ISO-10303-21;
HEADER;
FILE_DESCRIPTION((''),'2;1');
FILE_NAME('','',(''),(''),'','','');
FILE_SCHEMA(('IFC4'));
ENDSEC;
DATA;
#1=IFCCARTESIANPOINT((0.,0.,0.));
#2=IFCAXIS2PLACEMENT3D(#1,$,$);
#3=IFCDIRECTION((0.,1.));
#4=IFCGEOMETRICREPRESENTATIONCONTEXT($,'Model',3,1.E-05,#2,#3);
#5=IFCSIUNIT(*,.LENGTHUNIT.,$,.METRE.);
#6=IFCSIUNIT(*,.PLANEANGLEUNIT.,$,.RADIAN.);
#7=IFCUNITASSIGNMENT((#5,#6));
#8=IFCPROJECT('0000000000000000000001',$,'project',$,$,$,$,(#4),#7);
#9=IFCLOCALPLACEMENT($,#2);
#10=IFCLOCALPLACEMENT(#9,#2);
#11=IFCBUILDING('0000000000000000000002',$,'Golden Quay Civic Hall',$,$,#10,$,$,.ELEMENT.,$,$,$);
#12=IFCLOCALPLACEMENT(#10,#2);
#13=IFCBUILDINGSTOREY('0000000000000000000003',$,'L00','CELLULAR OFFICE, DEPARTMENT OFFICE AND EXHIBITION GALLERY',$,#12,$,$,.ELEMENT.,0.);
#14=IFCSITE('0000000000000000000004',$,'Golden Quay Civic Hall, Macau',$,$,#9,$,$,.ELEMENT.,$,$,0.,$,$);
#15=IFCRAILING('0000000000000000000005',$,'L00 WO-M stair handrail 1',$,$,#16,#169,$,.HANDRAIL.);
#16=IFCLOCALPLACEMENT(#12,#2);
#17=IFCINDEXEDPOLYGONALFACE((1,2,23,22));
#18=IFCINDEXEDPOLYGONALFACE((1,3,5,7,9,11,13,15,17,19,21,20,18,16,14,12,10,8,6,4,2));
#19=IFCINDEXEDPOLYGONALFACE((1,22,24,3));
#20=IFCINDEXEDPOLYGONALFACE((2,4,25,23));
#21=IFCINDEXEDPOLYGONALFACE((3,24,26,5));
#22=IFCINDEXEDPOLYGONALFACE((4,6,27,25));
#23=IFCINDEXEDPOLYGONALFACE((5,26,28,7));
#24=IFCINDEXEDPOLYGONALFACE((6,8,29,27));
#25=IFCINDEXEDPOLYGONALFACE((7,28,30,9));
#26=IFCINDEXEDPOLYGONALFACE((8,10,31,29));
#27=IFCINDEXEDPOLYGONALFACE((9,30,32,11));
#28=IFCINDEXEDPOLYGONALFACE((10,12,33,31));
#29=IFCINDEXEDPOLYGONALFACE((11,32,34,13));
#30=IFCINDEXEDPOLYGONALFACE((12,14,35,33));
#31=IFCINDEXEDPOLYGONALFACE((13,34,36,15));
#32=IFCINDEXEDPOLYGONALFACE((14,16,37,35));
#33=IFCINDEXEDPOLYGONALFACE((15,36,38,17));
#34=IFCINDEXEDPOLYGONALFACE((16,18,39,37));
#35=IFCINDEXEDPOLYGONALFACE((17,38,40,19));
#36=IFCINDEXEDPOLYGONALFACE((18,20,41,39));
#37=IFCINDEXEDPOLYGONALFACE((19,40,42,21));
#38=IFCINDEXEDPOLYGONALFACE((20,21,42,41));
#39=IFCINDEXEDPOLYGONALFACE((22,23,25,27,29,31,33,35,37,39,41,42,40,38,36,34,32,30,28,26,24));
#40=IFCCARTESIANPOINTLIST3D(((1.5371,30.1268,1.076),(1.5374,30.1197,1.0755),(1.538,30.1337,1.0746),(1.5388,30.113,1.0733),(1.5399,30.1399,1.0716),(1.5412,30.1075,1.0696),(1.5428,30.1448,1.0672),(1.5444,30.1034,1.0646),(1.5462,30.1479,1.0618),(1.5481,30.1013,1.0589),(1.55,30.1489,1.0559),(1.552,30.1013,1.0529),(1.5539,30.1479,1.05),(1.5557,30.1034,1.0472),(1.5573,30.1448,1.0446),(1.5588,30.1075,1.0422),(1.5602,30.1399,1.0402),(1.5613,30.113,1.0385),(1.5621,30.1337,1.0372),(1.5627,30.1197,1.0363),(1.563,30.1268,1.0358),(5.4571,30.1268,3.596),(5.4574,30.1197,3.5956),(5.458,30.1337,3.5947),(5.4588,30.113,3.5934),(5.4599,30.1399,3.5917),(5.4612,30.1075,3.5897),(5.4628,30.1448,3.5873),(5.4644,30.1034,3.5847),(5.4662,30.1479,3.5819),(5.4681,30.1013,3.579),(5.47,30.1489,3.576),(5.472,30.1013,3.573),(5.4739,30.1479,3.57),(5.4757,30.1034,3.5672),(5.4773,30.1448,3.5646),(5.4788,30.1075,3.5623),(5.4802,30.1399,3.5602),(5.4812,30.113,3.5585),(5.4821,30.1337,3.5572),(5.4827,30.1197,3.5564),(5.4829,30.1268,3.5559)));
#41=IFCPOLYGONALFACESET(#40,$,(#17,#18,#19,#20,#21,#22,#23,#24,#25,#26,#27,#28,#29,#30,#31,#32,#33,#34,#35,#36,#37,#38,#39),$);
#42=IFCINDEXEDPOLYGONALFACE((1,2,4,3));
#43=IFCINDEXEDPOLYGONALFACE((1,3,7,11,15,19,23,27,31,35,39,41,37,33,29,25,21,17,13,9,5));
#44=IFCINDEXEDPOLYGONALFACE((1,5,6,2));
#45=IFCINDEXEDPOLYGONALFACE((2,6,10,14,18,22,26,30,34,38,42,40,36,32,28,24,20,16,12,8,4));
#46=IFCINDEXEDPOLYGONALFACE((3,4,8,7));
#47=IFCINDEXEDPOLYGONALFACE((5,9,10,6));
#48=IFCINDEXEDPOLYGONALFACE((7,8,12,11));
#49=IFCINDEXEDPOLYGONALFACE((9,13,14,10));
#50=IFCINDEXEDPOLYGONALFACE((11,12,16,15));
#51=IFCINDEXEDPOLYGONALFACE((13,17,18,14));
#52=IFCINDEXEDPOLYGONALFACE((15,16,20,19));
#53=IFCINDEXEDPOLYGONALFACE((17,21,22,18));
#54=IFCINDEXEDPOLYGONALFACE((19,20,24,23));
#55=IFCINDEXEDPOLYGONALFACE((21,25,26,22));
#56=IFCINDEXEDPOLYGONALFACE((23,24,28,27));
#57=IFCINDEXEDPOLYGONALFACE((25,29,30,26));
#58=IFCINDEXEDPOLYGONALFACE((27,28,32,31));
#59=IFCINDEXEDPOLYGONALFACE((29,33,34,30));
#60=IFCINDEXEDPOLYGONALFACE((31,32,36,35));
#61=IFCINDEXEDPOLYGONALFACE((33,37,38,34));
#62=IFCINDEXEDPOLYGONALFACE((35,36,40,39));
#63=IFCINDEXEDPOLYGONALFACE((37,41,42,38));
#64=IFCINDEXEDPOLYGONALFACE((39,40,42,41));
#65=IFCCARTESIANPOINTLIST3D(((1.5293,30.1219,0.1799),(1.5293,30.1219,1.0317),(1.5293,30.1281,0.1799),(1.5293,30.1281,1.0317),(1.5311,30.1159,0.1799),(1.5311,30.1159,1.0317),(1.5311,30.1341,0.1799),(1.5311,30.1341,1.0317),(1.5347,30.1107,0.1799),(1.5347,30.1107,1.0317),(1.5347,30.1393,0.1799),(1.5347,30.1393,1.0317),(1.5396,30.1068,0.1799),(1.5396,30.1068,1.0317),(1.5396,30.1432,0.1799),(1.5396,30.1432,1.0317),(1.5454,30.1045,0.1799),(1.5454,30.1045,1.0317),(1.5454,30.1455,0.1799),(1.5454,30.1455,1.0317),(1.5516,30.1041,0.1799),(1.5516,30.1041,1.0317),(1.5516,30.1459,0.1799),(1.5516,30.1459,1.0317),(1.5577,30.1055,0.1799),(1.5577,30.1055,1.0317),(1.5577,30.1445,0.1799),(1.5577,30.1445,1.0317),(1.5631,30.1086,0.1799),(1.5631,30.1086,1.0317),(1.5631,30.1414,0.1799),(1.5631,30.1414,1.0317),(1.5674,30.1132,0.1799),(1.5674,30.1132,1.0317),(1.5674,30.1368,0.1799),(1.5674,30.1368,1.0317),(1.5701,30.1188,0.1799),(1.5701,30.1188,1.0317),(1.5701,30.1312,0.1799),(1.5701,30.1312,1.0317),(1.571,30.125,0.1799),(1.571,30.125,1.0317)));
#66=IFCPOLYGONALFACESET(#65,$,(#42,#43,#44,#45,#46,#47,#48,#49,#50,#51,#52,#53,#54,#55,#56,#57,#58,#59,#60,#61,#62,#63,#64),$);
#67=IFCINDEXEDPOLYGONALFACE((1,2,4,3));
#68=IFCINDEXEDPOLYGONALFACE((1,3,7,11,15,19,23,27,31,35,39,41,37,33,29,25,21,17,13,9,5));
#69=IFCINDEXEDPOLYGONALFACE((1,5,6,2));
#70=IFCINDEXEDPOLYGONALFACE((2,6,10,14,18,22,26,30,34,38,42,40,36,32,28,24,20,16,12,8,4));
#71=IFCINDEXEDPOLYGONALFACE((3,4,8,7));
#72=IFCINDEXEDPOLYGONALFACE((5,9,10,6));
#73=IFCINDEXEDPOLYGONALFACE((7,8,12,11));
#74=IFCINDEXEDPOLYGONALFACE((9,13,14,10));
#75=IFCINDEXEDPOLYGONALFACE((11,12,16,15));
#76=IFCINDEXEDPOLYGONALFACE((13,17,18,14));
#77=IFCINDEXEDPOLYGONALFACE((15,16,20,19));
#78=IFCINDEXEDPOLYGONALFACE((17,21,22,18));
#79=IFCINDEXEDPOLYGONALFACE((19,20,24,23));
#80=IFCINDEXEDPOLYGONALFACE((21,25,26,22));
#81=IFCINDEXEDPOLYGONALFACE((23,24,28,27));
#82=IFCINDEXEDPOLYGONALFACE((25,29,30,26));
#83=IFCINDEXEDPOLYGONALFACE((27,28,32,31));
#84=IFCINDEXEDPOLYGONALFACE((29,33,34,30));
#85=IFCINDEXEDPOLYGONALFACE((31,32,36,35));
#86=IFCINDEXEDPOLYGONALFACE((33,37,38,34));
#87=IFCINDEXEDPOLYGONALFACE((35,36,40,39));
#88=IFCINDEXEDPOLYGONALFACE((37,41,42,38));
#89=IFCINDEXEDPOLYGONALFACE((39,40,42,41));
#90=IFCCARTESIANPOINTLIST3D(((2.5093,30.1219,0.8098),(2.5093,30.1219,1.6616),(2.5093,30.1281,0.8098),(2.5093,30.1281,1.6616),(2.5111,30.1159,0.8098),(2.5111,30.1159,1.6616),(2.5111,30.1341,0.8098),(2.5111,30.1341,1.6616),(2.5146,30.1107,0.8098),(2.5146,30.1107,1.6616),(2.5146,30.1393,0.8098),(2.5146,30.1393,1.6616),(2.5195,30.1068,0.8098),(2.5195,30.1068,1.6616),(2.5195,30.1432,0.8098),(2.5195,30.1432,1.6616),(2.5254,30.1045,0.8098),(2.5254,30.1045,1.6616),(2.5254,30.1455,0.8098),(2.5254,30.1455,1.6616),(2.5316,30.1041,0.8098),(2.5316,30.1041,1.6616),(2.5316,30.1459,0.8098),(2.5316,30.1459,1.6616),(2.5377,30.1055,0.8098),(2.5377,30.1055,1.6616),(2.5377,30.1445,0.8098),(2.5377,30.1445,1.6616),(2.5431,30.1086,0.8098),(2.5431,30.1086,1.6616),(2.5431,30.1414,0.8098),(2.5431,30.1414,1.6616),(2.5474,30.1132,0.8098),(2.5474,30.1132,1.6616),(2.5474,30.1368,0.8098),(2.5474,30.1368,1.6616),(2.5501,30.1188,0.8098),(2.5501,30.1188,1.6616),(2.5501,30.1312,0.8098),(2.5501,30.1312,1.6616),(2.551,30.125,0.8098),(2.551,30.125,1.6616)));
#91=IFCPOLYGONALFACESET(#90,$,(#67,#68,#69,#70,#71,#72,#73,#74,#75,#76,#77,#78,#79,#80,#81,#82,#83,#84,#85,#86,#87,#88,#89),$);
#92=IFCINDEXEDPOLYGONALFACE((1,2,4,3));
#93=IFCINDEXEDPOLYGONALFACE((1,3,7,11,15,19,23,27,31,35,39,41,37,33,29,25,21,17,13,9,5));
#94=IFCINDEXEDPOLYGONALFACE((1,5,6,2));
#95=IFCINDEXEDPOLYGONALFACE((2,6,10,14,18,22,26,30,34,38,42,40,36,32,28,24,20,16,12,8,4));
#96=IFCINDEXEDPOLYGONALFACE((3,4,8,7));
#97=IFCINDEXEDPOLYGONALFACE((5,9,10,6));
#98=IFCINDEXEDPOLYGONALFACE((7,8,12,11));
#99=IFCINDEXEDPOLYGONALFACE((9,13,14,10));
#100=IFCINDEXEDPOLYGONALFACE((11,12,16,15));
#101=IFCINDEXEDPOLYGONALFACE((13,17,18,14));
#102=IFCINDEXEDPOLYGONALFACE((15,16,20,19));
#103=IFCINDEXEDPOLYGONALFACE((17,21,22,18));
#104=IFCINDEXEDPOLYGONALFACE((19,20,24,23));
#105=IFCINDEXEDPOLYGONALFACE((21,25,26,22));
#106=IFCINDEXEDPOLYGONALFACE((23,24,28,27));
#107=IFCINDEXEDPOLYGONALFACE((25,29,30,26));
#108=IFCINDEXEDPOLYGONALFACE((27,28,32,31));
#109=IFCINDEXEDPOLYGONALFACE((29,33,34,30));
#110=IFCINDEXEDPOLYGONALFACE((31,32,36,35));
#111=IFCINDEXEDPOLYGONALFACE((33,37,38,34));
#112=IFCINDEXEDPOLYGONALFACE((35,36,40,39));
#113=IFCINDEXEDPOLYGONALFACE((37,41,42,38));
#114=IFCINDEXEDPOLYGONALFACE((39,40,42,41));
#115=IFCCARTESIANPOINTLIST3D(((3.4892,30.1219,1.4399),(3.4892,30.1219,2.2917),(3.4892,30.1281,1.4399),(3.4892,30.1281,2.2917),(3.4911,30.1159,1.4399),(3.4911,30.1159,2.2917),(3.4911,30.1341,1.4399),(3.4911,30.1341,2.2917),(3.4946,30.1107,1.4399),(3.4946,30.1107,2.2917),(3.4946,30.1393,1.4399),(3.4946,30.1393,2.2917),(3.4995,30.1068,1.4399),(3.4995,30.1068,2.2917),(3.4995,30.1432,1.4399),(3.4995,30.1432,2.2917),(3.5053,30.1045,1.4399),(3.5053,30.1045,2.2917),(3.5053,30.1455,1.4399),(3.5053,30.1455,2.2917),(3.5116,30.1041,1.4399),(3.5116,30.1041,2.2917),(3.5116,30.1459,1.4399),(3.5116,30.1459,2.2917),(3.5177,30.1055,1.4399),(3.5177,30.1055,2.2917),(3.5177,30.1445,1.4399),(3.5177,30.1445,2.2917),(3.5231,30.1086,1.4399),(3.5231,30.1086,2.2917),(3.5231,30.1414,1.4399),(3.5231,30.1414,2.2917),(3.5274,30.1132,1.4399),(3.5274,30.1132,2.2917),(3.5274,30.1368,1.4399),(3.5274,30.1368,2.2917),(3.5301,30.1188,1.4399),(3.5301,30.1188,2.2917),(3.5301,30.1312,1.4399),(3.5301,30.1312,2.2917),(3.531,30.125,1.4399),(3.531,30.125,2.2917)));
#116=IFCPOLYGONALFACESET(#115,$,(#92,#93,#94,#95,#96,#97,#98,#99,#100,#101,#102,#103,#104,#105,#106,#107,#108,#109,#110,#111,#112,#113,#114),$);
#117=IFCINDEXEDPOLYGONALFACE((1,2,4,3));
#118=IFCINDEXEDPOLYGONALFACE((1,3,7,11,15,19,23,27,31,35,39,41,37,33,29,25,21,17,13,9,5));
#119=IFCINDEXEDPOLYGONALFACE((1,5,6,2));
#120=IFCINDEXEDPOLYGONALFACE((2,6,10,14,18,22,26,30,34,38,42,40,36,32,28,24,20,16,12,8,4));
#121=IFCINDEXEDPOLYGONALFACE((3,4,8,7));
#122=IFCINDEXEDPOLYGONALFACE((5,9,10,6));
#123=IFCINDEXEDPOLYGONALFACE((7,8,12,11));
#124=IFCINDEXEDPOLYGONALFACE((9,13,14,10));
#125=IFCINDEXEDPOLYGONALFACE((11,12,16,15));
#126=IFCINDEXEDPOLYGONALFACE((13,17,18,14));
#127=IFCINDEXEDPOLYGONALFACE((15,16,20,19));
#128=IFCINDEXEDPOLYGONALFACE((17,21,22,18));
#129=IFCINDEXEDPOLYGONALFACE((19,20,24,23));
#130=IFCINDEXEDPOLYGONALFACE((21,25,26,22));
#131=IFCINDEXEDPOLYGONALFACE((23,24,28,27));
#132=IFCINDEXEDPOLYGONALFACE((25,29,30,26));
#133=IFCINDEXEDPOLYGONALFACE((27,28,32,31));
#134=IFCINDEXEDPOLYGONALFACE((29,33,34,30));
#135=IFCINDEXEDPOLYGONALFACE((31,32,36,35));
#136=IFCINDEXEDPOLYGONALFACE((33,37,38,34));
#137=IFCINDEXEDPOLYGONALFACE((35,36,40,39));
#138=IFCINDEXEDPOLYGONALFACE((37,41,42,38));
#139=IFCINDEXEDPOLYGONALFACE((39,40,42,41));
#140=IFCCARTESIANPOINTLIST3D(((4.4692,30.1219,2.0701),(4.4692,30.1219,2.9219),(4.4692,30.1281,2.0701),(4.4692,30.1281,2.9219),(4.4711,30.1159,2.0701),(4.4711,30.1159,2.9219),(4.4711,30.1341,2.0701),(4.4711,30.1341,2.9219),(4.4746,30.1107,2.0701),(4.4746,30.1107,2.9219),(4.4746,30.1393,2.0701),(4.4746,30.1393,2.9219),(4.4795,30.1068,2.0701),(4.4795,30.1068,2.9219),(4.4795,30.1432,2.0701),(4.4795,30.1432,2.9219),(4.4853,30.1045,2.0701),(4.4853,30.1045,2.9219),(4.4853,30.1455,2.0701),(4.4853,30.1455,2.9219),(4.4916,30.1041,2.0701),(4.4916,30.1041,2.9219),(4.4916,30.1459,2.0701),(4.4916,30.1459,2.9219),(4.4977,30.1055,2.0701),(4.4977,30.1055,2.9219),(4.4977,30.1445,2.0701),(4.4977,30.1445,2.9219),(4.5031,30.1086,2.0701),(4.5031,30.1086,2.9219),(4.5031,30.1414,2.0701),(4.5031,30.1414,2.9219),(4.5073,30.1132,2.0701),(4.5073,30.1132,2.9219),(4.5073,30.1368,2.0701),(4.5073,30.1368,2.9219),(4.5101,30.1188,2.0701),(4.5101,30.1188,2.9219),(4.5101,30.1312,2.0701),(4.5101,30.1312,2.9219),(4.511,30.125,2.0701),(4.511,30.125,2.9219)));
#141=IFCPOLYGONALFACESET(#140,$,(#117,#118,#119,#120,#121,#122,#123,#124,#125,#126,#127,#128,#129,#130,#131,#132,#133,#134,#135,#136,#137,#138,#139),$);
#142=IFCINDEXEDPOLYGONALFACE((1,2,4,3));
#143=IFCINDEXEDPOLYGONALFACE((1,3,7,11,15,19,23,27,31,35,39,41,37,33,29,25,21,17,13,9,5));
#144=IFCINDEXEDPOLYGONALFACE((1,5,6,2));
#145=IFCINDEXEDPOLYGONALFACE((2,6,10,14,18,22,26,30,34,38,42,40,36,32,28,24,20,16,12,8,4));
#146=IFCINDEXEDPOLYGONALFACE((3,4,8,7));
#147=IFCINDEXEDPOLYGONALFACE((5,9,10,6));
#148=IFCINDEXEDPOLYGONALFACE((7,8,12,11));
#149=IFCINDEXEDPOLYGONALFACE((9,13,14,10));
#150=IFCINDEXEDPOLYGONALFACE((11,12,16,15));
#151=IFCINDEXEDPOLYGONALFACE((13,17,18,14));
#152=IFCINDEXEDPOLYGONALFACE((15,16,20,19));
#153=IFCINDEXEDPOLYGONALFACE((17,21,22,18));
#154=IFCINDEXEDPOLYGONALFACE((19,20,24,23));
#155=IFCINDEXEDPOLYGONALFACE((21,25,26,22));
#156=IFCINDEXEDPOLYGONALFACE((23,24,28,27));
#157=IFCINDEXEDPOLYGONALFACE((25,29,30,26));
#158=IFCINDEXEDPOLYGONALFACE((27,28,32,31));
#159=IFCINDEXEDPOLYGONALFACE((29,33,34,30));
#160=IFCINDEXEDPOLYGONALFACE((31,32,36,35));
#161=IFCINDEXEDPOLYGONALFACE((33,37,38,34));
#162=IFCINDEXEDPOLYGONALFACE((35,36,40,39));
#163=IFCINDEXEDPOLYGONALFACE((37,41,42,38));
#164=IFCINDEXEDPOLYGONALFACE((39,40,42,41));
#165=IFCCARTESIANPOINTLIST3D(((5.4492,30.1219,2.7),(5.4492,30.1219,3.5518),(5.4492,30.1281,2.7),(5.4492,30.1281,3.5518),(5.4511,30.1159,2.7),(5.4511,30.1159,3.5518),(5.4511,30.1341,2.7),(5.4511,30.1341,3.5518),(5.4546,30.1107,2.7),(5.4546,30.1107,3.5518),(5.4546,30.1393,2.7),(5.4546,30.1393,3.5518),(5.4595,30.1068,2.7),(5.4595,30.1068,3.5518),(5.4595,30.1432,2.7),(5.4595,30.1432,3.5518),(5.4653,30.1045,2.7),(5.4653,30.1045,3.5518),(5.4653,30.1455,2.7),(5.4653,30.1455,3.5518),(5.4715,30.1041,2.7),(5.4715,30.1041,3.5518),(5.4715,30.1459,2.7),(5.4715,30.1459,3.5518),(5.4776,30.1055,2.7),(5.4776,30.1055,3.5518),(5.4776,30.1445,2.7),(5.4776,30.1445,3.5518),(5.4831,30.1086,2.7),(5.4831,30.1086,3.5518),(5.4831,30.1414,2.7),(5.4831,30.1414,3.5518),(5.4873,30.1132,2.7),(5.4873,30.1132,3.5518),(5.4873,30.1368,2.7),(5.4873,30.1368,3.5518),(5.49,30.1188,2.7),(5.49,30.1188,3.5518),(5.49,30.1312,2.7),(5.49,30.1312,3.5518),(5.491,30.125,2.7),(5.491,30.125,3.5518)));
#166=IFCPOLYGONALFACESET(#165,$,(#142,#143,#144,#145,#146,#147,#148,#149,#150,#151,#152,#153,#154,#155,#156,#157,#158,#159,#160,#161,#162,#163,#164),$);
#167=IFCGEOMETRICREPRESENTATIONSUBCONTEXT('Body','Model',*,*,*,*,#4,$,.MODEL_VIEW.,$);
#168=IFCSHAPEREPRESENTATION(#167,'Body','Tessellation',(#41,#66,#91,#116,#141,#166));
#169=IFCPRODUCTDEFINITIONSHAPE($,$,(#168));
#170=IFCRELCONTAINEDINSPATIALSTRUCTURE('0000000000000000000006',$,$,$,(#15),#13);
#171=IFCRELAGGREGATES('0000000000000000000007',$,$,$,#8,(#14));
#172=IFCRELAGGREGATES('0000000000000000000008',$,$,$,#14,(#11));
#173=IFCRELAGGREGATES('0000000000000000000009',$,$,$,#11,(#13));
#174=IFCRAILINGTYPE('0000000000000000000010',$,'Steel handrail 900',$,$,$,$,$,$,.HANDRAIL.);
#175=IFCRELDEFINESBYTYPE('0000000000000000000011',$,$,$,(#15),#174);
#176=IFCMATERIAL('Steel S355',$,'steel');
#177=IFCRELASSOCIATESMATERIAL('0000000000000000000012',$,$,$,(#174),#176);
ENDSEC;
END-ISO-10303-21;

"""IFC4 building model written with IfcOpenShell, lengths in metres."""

from ifc_helpers import new_model, si_unit, direction, frame, origin, origin_2d, place, context, subcontext, project, spatial, circle, extrude, material, type_object, element, save


model = new_model("IFC4")

# Units and contexts
model_context = context("Model", 3, precision=1e-05, world=origin(), true_north=direction((0.0, 1.0)))
body_context = subcontext(model_context, "Body", "Model", "MODEL_VIEW")
ifc_project = project(units=[si_unit("LENGTHUNIT", "METRE"), si_unit("PLANEANGLEUNIT", "RADIAN")], contexts=[model_context])

# Site, building, storey
site_placement = place(None, origin())
site = spatial("IfcSite", under=ifc_project, at=site_placement, Name="Golden Quay Civic Hall, Macau", CompositionType="ELEMENT", RefElevation=0.0)
building_placement = place(site_placement, origin())
building = spatial("IfcBuilding", under=site, at=building_placement, Name="Golden Quay Civic Hall", CompositionType="ELEMENT")
storey_placement = place(building_placement, origin())
storey = spatial("IfcBuildingStorey", under=building, at=storey_placement, Name="L00", Description="CELLULAR OFFICE, DEPARTMENT OFFICE AND EXHIBITION GALLERY", CompositionType="ELEMENT", Elevation=0.0)

# Railing
ifc_material_1 = material(Name="Steel S355", Category="steel")
railing_type_1 = type_object("IfcRailingType", Name="Steel handrail 900", PredefinedType="HANDRAIL", material=ifc_material_1)
railing_1_placement = place(storey_placement, frame((1.55, 30.125, 0.1799)))
element("IfcRailing", 1, at=railing_1_placement, inside=storey, type_object=railing_type_1, Name="L00 WO-M stair handrail 1", PredefinedType="HANDRAIL", context=body_context, shape_type="SweptSolid", body=[
    extrude(circle(Radius=0.0239, at=origin_2d()), frame((0.0, 0.0, 0.876), z_axis=(0.841172, 0.0, 0.540768), x_axis=(0.0, 1.0, 0.0)), (0.0, 0.0, 1.0), 4.6602),
    extrude(circle(Radius=0.021, at=origin_2d()), origin(), (0.0, 0.0, 1.0), 0.8518),
    extrude(circle(Radius=0.021, at=origin_2d()), frame((0.98, 0.0, 0.6299)), (0.0, 0.0, 1.0), 0.8518),
    extrude(circle(Radius=0.021, at=origin_2d()), frame((1.96, 0.0, 1.26)), (0.0, 0.0, 1.0), 0.8518),
    extrude(circle(Radius=0.021, at=origin_2d()), frame((2.9399, 0.0, 1.8901)), (0.0, 0.0, 1.0), 0.8518),
    extrude(circle(Radius=0.021, at=origin_2d()), frame((3.9199, 0.0, 2.52)), (0.0, 0.0, 1.0), 0.8518),
])

save(model, "model.ifc")
